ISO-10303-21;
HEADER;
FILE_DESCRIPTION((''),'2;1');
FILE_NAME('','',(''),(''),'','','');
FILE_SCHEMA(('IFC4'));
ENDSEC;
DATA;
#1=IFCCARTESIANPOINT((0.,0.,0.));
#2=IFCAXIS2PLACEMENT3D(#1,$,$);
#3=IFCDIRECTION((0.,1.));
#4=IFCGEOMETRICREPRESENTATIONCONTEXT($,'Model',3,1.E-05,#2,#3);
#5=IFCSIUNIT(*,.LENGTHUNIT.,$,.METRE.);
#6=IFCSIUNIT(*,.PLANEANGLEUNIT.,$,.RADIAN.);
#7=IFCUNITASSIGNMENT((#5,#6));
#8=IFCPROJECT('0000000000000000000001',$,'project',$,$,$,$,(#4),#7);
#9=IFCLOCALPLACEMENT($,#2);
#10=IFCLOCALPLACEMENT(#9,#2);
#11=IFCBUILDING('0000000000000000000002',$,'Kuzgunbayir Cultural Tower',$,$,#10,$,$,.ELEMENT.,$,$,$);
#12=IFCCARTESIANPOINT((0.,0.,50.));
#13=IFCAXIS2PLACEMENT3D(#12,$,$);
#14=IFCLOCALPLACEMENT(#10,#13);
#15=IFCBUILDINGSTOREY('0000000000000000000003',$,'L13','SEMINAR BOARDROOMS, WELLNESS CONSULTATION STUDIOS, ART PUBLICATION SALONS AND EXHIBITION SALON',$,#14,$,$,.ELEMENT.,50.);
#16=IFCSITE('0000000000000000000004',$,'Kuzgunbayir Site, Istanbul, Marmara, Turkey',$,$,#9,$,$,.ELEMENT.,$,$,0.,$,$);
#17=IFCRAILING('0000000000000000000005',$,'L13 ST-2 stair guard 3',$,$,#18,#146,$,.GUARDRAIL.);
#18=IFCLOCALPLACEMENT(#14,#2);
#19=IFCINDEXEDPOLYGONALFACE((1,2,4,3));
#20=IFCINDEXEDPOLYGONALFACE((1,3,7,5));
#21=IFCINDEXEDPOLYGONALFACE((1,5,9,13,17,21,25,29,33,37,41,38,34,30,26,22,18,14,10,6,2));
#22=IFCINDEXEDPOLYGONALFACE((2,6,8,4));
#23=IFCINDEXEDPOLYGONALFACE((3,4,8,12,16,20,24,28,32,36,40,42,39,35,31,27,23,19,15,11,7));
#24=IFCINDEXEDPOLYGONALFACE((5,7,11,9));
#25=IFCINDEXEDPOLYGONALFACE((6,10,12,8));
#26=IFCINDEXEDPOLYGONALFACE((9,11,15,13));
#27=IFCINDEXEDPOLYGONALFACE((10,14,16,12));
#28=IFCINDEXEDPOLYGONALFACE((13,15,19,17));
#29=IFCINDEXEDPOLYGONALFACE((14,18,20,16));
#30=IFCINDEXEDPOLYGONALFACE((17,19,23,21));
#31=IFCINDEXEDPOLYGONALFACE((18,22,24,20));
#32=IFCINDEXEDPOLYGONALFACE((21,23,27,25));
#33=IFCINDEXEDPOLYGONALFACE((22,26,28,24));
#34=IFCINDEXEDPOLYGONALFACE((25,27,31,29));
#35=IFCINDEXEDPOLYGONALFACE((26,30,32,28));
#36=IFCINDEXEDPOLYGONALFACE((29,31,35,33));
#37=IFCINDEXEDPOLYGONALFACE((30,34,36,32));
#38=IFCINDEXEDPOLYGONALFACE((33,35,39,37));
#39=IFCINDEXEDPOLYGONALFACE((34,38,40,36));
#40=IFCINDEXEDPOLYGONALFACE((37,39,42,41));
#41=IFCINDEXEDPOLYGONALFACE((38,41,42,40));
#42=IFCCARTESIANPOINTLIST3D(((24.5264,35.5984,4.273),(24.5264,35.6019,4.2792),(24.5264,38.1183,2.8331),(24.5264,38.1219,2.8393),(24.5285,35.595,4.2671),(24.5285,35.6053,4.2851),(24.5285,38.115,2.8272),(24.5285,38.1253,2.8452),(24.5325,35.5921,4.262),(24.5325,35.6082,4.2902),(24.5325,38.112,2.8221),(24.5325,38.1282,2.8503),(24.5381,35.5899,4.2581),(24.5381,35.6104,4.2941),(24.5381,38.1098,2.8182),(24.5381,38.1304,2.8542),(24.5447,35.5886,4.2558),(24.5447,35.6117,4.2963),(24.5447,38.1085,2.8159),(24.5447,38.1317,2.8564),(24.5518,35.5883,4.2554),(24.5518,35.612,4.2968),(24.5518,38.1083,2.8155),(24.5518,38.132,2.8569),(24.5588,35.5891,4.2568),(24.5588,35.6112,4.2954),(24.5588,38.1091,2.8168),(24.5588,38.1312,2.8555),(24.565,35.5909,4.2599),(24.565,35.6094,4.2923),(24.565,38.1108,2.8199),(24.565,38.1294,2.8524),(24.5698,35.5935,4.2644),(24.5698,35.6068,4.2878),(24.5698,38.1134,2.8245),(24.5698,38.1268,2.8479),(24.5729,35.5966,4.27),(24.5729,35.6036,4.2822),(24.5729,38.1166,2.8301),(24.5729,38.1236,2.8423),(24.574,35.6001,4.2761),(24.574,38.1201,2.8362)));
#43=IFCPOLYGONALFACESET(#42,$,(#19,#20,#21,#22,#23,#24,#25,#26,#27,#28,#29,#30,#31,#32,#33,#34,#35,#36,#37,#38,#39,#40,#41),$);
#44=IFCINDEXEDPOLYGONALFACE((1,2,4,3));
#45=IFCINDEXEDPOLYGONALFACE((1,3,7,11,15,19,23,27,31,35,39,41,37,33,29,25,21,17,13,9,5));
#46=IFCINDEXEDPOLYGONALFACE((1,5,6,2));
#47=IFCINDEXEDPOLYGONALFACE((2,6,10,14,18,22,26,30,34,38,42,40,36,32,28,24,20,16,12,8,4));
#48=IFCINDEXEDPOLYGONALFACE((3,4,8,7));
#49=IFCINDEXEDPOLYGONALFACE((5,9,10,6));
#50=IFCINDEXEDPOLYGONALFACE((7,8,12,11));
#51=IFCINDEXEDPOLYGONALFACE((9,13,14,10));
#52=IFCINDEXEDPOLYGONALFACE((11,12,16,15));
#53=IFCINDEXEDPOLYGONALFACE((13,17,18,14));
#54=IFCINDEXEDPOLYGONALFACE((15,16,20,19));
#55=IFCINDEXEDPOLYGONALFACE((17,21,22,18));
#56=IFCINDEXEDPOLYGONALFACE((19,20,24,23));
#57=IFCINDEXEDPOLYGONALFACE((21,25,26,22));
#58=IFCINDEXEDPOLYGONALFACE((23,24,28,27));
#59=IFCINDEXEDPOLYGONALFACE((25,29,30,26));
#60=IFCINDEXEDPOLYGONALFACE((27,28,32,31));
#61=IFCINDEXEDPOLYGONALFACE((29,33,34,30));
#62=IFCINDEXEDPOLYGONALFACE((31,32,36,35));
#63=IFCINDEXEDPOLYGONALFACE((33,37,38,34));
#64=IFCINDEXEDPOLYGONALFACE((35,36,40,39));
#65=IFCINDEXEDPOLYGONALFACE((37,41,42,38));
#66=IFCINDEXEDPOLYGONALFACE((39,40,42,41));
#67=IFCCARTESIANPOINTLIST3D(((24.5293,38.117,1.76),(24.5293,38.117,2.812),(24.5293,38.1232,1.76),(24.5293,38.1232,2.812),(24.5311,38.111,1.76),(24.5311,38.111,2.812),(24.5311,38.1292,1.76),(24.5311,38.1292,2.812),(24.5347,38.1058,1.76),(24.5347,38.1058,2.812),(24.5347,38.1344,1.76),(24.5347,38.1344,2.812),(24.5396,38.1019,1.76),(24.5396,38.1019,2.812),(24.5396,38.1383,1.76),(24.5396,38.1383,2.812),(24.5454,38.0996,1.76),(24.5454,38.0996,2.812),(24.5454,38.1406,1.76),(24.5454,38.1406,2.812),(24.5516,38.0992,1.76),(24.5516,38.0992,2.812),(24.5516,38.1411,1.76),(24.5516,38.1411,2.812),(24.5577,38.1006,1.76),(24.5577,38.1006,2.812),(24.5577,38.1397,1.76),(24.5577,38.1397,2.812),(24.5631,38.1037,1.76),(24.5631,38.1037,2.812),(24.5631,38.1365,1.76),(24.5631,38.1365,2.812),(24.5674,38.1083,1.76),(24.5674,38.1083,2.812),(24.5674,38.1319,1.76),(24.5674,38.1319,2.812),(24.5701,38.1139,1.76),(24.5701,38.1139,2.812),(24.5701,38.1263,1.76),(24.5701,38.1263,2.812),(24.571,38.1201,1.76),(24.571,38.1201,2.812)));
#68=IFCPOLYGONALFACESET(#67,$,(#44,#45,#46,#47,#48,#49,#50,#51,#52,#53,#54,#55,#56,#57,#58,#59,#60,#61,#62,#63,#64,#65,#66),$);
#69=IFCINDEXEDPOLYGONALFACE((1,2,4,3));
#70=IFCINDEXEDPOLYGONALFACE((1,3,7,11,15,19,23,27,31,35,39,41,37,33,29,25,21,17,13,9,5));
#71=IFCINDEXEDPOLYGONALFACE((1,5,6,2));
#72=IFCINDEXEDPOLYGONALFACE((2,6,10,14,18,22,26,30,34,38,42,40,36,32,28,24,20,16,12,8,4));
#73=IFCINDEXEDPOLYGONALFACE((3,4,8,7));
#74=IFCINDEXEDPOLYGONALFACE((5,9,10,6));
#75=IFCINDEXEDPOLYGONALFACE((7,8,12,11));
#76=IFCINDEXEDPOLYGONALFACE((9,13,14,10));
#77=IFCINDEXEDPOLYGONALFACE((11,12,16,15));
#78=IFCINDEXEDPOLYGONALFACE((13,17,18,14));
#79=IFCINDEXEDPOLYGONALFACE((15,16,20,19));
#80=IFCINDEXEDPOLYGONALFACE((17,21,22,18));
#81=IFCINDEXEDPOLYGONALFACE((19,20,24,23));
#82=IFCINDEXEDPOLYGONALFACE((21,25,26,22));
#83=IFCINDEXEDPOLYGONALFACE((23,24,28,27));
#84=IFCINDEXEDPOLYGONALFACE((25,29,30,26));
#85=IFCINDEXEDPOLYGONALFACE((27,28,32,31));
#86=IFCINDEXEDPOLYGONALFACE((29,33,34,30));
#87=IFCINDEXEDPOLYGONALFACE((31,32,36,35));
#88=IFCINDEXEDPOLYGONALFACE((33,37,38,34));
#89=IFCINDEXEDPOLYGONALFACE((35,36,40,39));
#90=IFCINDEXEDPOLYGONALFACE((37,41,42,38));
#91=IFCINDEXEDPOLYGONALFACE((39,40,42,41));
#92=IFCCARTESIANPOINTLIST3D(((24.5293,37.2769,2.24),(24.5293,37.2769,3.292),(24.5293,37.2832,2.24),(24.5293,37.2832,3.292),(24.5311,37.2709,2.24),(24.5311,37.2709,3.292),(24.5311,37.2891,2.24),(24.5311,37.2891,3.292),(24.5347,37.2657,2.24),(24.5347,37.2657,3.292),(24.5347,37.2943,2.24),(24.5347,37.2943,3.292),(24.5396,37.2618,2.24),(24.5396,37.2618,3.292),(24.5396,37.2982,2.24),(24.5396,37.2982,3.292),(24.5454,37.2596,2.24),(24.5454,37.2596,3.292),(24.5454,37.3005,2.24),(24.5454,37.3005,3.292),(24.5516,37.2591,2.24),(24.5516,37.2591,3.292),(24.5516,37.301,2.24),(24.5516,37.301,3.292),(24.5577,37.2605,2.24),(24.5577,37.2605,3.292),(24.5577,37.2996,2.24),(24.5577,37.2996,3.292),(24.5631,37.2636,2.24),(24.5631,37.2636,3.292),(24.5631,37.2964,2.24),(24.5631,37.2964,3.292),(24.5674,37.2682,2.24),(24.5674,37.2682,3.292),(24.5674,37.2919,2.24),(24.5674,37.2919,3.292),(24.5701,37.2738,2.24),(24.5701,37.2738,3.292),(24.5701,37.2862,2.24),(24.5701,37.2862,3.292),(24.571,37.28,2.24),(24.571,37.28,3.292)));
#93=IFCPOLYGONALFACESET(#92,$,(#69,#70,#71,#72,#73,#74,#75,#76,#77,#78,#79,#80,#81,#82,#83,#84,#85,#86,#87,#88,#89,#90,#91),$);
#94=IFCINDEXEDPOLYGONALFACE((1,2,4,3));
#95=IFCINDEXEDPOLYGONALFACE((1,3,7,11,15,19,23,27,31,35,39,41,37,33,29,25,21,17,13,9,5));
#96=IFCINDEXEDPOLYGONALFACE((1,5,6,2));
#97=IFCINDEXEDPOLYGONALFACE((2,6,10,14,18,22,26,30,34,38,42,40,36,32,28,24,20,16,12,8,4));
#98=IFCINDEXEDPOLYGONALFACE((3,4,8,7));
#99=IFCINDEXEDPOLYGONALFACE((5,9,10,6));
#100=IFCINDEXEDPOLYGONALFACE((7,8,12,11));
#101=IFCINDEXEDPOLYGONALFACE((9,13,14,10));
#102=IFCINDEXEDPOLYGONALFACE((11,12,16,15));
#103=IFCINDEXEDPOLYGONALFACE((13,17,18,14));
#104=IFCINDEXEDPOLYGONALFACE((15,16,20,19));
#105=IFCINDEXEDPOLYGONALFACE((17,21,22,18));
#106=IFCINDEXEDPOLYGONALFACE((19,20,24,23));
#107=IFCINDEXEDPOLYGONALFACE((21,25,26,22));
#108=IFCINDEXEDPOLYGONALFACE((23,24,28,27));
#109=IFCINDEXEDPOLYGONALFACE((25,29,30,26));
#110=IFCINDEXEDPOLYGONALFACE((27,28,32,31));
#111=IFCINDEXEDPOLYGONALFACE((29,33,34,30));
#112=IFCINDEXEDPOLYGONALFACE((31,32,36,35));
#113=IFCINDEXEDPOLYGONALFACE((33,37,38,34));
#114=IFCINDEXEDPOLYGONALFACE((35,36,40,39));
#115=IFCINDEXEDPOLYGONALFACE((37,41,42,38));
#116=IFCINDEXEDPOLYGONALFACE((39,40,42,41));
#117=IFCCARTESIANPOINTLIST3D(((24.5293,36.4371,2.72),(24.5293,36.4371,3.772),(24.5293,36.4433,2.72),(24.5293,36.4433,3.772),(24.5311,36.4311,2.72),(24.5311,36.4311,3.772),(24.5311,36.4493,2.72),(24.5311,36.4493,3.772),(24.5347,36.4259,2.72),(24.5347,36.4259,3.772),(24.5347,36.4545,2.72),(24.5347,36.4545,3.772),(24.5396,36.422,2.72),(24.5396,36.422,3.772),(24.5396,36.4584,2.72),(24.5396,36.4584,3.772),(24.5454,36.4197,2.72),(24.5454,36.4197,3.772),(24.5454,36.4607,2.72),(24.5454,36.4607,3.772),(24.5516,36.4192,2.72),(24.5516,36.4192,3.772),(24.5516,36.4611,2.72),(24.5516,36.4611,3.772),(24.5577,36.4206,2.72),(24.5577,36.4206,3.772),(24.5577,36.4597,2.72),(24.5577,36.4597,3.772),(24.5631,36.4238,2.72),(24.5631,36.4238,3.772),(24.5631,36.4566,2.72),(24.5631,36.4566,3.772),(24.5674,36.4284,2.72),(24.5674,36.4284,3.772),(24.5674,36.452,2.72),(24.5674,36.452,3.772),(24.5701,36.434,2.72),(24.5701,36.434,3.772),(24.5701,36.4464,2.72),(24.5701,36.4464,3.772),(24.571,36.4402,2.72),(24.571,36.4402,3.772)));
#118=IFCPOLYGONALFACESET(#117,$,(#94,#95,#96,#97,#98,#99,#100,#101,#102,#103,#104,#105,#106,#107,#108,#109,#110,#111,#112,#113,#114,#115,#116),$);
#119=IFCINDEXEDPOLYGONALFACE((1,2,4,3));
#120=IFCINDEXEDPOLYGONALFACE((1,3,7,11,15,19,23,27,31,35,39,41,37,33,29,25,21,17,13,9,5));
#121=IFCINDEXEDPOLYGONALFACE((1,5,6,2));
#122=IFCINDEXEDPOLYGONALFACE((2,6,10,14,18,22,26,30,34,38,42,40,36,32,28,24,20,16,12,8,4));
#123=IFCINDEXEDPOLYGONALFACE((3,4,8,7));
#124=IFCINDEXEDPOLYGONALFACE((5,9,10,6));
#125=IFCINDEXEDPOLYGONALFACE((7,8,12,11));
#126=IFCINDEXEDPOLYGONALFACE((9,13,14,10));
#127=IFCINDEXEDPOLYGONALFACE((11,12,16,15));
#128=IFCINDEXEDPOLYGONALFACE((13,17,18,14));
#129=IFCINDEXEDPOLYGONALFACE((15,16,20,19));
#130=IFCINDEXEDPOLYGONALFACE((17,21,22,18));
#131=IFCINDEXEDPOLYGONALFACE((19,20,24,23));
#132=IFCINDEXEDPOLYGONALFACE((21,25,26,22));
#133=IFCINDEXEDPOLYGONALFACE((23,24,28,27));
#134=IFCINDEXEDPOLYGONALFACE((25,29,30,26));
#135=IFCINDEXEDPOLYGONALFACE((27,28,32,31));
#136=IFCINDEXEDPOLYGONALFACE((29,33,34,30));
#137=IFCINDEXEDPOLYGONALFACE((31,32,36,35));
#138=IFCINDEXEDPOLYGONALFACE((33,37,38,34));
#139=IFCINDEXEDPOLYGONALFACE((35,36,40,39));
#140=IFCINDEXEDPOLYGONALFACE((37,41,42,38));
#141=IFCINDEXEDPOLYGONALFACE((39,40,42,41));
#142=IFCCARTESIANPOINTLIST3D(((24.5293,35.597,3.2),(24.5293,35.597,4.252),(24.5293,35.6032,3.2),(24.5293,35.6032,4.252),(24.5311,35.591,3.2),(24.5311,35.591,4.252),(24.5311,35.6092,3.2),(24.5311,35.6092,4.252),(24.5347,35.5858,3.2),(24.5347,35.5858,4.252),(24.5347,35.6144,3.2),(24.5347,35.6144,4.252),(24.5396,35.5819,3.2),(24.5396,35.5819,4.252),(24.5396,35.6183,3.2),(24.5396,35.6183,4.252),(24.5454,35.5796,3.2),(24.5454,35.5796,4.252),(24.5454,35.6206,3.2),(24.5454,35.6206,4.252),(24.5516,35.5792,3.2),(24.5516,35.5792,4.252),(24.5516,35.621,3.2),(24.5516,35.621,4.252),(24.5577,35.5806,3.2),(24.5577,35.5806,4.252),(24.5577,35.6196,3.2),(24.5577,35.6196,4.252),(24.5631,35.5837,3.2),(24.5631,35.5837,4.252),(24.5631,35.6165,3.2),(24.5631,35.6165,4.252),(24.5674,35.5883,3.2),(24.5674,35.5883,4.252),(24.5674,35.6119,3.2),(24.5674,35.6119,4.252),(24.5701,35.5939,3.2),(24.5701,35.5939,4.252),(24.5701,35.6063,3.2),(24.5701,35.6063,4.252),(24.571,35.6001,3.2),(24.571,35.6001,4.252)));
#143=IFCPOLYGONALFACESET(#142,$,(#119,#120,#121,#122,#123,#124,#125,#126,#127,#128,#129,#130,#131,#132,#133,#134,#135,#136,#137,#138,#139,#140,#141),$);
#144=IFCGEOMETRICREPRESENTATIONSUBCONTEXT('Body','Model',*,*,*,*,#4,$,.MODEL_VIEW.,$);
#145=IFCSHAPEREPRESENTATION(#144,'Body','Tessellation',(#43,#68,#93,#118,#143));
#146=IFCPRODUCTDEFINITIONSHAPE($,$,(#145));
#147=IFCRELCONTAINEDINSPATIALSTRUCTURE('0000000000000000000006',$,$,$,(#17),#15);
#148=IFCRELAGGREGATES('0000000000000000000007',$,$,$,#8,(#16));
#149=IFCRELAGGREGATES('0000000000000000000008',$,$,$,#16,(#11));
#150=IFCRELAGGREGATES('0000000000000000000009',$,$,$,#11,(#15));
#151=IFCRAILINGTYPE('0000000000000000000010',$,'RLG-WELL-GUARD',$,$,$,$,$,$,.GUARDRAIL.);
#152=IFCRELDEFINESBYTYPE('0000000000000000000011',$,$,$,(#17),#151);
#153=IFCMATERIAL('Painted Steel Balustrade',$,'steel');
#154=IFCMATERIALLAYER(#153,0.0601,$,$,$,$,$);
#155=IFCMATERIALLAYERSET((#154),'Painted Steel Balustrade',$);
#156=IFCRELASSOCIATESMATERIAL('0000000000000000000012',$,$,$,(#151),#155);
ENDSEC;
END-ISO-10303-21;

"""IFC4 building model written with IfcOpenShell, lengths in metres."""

from ifc_helpers import new_model, si_unit, direction, frame, origin, origin_2d, place, context, subcontext, project, spatial, circle, extrude, material, layer, layer_set, type_object, element, save


model = new_model("IFC4")

# Units and contexts
model_context = context("Model", 3, precision=1e-05, world=origin(), true_north=direction((0.0, 1.0)))
body_context = subcontext(model_context, "Body", "Model", "MODEL_VIEW")
ifc_project = project(units=[si_unit("LENGTHUNIT", "METRE"), si_unit("PLANEANGLEUNIT", "RADIAN")], contexts=[model_context])

# Site, building, storey
site_placement = place(None, origin())
site = spatial("IfcSite", under=ifc_project, at=site_placement, Name="Kuzgunbayir Site, Istanbul, Marmara, Turkey", CompositionType="ELEMENT", RefElevation=0.0)
building_placement = place(site_placement, origin())
building = spatial("IfcBuilding", under=site, at=building_placement, Name="Kuzgunbayir Cultural Tower", CompositionType="ELEMENT")
storey_placement = place(building_placement, frame((0.0, 0.0, 50.0)))
storey = spatial("IfcBuildingStorey", under=building, at=storey_placement, Name="L13", Description="SEMINAR BOARDROOMS, WELLNESS CONSULTATION STUDIOS, ART PUBLICATION SALONS AND EXHIBITION SALON", CompositionType="ELEMENT", Elevation=50.0)

# Railing
ifc_material_1 = material(Name="Painted Steel Balustrade", Category="steel")
ifc_layer_1 = layer(ifc_material_1, 0.0601)
ifc_layer_set_1 = layer_set([ifc_layer_1], Name="Painted Steel Balustrade")
railing_type_1 = type_object("IfcRailingType", Name="RLG-WELL-GUARD", PredefinedType="GUARDRAIL", material=ifc_layer_set_1)
railing_1_placement = place(storey_placement, frame((24.55, 38.1201, 1.76)))
element("IfcRailing", 1, at=railing_1_placement, inside=storey, type_object=railing_type_1, Name="L13 ST-2 stair guard 3", PredefinedType="GUARDRAIL", context=body_context, shape_type="SweptSolid", body=[
    extrude(circle(Radius=0.0239, at=origin_2d()), frame((0.0, 0.0, 1.0762), z_axis=(0.0, -0.868253, 0.496121), x_axis=(1.0, 0.0, 0.0)), (0.0, 0.0, 1.0), 2.9023),
    extrude(circle(Radius=0.021, at=origin_2d()), origin(), (0.0, 0.0, 1.0), 1.052),
    extrude(circle(Radius=0.021, at=origin_2d()), frame((0.0, -0.8401, 0.48)), (0.0, 0.0, 1.0), 1.052),
    extrude(circle(Radius=0.021, at=origin_2d()), frame((0.0, -1.6799, 0.96)), (0.0, 0.0, 1.0), 1.052),
    extrude(circle(Radius=0.021, at=origin_2d()), frame((0.0, -2.52, 1.4399)), (0.0, 0.0, 1.0), 1.052),
])

save(model, "model.ifc")
